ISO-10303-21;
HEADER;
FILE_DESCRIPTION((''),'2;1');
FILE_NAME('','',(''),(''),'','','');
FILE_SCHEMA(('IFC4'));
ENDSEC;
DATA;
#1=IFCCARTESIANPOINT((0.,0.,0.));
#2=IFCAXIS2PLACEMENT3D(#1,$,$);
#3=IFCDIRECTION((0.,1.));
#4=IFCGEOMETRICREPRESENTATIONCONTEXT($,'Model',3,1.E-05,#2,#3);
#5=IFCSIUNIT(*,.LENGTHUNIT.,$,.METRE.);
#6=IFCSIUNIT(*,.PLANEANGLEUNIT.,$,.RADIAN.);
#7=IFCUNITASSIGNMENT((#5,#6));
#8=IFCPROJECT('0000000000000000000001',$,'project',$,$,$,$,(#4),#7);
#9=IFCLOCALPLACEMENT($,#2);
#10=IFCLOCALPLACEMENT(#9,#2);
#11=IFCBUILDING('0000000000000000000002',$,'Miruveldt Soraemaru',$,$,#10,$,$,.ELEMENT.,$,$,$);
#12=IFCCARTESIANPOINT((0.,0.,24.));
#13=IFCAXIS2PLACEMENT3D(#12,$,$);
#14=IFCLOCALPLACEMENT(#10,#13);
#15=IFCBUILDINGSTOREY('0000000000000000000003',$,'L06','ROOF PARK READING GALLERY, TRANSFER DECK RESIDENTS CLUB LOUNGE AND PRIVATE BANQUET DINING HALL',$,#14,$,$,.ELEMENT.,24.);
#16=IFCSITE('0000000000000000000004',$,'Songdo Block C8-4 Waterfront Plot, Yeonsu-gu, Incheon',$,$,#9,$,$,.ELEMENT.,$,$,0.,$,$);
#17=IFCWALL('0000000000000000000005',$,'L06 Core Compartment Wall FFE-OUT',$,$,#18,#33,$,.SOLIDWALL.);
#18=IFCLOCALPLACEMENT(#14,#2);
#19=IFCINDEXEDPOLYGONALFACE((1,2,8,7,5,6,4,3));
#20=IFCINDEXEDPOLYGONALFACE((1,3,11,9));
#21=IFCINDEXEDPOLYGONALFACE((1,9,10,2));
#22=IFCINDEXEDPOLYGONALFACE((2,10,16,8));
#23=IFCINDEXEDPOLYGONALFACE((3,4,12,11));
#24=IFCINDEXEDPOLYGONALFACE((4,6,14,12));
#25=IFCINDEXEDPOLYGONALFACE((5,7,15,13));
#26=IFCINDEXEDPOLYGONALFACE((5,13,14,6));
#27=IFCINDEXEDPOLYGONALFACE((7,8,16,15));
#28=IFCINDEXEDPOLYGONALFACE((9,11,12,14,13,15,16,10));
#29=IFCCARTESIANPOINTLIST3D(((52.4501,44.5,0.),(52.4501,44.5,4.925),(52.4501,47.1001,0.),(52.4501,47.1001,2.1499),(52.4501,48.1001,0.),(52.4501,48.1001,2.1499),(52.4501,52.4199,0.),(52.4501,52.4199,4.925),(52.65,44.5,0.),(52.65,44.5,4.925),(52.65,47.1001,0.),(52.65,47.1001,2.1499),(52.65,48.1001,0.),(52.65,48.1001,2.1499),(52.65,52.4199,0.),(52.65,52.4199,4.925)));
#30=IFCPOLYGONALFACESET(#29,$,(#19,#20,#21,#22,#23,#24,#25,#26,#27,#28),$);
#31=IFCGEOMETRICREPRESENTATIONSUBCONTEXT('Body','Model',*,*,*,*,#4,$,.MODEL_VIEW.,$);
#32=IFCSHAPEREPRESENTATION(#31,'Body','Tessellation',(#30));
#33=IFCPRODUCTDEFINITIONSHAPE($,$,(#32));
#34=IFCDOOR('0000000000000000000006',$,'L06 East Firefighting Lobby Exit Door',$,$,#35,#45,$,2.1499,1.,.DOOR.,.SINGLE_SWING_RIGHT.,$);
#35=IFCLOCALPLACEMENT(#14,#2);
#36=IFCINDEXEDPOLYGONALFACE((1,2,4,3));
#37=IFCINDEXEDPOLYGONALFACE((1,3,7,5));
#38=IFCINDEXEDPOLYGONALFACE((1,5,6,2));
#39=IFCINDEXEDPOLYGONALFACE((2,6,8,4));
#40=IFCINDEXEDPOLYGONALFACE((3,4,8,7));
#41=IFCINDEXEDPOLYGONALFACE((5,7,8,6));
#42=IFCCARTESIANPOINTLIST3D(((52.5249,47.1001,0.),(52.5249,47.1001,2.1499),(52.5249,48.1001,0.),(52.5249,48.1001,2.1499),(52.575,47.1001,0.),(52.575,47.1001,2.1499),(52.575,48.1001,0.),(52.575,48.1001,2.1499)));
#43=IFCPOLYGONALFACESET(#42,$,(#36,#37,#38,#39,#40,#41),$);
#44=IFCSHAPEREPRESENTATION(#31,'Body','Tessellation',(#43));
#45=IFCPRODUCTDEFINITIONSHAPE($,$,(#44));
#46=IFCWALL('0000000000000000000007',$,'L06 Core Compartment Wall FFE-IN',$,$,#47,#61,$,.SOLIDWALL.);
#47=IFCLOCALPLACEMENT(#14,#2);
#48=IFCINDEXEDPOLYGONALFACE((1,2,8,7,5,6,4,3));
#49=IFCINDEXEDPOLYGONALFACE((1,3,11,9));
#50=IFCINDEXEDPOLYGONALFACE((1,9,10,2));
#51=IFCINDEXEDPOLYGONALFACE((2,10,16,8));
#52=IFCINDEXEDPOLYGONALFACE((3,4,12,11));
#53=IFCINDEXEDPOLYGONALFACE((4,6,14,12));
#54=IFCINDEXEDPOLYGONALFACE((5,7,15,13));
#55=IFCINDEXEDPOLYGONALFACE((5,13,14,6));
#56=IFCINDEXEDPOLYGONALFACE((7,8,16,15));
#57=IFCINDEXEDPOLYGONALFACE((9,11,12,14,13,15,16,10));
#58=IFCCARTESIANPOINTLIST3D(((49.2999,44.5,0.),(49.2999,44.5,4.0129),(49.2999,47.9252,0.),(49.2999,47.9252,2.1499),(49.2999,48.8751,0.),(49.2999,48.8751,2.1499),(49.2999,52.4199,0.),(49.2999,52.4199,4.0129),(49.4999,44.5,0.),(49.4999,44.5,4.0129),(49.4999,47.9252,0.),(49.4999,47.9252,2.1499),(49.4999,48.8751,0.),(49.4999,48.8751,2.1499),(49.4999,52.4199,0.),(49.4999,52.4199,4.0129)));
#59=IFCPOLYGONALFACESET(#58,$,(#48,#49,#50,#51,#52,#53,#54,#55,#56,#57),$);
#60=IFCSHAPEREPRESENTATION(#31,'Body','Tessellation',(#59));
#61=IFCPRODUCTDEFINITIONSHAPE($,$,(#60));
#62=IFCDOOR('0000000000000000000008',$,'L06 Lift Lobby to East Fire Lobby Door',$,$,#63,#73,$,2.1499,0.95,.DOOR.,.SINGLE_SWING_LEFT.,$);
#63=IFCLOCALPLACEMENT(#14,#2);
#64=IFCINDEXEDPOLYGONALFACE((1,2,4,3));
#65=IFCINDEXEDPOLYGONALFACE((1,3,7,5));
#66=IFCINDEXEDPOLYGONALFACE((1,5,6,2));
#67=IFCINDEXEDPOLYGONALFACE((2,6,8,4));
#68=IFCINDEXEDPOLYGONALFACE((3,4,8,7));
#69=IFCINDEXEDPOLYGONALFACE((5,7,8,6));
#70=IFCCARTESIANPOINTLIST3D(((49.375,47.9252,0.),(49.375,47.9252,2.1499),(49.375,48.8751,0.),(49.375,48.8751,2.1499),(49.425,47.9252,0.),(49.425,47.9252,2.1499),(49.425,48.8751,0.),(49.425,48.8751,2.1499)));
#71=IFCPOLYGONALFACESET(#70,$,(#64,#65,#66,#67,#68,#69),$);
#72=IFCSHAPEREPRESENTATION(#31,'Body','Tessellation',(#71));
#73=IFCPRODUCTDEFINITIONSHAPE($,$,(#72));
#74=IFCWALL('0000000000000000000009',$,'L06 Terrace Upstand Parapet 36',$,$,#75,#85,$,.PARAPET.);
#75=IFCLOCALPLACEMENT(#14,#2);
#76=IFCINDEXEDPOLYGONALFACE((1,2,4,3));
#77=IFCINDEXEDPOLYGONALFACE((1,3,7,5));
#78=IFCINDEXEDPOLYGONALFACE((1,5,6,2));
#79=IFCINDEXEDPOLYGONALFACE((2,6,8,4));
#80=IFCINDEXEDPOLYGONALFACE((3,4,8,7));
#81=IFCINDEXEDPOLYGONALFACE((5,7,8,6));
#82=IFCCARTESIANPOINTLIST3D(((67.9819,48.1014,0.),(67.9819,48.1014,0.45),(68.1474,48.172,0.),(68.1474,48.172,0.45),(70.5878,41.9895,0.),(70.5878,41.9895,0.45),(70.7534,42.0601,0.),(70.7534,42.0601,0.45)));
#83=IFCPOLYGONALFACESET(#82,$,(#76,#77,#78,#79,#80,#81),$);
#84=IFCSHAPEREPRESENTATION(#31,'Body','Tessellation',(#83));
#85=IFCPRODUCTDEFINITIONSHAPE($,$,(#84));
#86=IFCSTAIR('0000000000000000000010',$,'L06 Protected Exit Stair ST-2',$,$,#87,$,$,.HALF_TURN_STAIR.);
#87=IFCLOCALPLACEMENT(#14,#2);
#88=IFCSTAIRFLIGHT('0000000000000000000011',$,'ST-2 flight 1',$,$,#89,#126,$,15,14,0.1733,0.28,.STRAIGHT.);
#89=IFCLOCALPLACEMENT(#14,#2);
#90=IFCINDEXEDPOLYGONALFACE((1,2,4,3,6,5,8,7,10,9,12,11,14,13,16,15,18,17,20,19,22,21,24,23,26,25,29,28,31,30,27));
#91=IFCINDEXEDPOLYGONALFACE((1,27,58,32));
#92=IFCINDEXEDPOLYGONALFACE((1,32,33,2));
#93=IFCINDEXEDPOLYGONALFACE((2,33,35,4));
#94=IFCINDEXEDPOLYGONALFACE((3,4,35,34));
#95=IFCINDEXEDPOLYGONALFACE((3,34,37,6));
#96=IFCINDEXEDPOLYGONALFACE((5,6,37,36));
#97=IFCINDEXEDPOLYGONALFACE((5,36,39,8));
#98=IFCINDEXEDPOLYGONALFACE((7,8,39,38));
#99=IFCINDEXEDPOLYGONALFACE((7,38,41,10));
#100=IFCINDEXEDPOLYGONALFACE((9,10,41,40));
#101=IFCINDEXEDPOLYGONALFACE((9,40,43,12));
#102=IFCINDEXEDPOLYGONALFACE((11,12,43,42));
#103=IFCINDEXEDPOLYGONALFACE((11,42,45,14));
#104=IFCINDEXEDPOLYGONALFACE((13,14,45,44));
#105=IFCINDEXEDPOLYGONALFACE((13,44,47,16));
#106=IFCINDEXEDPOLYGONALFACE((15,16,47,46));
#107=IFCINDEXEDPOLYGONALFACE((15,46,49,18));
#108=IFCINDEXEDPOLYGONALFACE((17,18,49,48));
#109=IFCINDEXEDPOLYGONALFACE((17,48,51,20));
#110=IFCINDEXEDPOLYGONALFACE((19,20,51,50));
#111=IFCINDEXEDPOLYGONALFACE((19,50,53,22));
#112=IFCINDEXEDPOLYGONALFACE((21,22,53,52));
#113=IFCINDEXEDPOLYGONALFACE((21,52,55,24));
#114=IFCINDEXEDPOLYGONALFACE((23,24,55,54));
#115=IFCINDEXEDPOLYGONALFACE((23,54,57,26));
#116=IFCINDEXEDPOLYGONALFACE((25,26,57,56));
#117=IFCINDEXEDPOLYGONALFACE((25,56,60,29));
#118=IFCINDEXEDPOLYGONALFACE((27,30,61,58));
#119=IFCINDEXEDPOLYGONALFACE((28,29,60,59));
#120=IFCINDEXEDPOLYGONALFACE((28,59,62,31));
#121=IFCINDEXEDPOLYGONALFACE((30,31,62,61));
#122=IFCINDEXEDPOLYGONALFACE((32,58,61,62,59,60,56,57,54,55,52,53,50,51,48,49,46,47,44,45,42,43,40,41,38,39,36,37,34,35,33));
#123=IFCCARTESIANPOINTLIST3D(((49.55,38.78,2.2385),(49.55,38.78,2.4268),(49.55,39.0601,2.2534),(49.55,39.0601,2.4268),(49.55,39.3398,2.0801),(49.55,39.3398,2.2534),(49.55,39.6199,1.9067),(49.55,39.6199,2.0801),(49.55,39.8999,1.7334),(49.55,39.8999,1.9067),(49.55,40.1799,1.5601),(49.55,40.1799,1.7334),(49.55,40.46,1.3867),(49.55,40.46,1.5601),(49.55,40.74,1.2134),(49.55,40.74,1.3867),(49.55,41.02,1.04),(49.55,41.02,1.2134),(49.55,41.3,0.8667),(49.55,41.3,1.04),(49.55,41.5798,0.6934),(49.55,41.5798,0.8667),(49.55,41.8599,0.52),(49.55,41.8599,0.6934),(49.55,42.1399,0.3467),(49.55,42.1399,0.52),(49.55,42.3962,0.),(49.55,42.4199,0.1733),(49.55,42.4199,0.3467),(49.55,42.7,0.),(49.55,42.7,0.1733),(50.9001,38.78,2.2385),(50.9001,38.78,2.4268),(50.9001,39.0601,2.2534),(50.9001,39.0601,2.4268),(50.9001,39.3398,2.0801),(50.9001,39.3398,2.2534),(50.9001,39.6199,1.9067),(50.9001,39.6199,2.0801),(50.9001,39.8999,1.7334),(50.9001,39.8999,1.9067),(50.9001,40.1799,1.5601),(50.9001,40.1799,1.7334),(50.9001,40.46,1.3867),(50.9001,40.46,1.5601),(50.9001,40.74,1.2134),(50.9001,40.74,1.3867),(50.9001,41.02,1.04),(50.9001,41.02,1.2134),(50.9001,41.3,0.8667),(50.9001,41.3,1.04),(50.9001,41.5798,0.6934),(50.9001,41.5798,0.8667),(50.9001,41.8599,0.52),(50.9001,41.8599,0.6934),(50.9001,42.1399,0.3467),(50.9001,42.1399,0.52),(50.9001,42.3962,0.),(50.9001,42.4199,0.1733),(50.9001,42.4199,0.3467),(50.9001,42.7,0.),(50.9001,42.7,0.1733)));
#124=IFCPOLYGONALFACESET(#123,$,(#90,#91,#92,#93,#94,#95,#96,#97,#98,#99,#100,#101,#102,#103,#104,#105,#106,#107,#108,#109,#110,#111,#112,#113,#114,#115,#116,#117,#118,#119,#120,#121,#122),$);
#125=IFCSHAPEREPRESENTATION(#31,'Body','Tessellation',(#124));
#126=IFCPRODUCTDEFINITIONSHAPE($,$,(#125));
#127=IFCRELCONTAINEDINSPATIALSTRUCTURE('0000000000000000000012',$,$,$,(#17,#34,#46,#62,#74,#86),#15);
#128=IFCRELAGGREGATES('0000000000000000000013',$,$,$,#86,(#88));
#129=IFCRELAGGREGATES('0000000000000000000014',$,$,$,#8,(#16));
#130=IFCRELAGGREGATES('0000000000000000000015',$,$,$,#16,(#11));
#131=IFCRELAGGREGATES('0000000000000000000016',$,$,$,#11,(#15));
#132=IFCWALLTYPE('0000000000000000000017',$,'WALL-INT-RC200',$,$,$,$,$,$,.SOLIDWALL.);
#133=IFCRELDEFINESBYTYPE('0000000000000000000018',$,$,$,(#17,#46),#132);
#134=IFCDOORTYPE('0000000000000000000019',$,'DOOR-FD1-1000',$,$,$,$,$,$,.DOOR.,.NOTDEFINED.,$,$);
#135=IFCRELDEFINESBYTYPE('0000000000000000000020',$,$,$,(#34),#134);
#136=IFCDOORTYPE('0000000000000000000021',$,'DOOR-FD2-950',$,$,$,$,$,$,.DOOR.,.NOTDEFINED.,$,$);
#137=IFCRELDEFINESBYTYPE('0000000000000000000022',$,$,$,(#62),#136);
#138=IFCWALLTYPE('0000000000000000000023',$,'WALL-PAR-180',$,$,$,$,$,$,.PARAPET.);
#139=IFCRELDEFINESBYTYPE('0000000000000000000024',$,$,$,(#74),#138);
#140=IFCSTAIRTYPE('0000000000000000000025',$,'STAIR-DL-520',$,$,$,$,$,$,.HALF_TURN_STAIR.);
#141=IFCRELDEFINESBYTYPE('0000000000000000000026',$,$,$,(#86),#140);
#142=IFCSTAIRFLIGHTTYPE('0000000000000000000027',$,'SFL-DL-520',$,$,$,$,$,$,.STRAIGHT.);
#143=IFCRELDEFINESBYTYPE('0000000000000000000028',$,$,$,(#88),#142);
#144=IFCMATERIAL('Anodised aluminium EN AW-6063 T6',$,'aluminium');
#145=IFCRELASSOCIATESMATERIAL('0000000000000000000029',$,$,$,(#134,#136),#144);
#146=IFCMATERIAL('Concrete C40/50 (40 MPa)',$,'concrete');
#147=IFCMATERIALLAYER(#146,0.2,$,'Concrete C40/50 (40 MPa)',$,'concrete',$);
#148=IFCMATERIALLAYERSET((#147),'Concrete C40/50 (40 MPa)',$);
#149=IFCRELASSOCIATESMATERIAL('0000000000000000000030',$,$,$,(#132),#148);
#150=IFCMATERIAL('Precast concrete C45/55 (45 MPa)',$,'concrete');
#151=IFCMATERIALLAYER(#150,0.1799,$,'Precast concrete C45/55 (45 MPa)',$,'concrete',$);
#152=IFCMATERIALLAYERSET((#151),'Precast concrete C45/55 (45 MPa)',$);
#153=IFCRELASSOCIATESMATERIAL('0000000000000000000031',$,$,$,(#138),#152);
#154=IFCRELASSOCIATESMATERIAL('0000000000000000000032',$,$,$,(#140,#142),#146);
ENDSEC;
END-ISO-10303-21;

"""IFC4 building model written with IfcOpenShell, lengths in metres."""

from ifc_helpers import new_model, si_unit, direction, frame, frame_2d, origin, place, context, subcontext, project, spatial, polyline, rectangle, outline, extrude, material, layer, layer_set, type_object, element, fill, aggregate, save


model = new_model("IFC4")

# Units and contexts
model_context = context("Model", 3, precision=1e-05, world=origin(), true_north=direction((0.0, 1.0)))
body_context = subcontext(model_context, "Body", "Model", "MODEL_VIEW")
ifc_project = project(units=[si_unit("LENGTHUNIT", "METRE"), si_unit("PLANEANGLEUNIT", "RADIAN")], contexts=[model_context])

# Site, building, storey
site_placement = place(None, origin())
site = spatial("IfcSite", under=ifc_project, at=site_placement, Name="Songdo Block C8-4 Waterfront Plot, Yeonsu-gu, Incheon", CompositionType="ELEMENT", RefElevation=0.0)
building_placement = place(site_placement, origin())
building = spatial("IfcBuilding", under=site, at=building_placement, Name="Miruveldt Soraemaru", CompositionType="ELEMENT")
storey_placement = place(building_placement, frame((0.0, 0.0, 24.0)))
storey = spatial("IfcBuildingStorey", under=building, at=storey_placement, Name="L06", Description="ROOF PARK READING GALLERY, TRANSFER DECK RESIDENTS CLUB LOUNGE AND PRIVATE BANQUET DINING HALL", CompositionType="ELEMENT", Elevation=24.0)

# Shared definitions
ifc_material_1 = material(Name="Anodised aluminium EN AW-6063 T6", Category="aluminium")
door_type_1 = type_object("IfcDoorType", Name="DOOR-FD1-1000", OperationType="NOTDEFINED", PredefinedType="DOOR", material=ifc_material_1)

# Shared definitions
ifc_material_2 = material(Name="Precast concrete C45/55 (45 MPa)", Category="concrete")

# Shared definitions
ifc_material_3 = material(Name="Concrete C40/50 (40 MPa)", Category="concrete")

# Walls, openings, doors
ifc_layer_1 = layer(ifc_material_3, 0.2, Name="Concrete C40/50 (40 MPa)", Category="concrete")
ifc_layer_set_1 = layer_set([ifc_layer_1], Name="Concrete C40/50 (40 MPa)")
wall_type_1 = type_object("IfcWallType", Name="WALL-INT-RC200", PredefinedType="SOLIDWALL", material=ifc_layer_set_1)
wall_1_placement = place(storey_placement, frame((52.55, 44.5, 0.0), z_axis=(0.0, 0.0, 1.0), x_axis=(0.0, 1.0, 0.0)))
wall_1 = element("IfcWall", 1, at=wall_1_placement, inside=storey, type_object=wall_type_1, Name="L06 Core Compartment Wall FFE-OUT", PredefinedType="SOLIDWALL", context=body_context, shape_type="SweptSolid", body=[
    extrude(rectangle(XDim=7.9199, YDim=0.2, at=frame_2d((3.96, 0.0))), origin(), (0.0, 0.0, 1.0), 4.925),
])
opening_1_placement = place(wall_1_placement, frame((2.6001, 0.0, 0.0)))
opening_1 = element("IfcOpeningElement", 2, at=opening_1_placement, cuts=wall_1, PredefinedType="OPENING", context=body_context, shape_type="SweptSolid", body=[
    extrude(rectangle(XDim=1.0, YDim=2.1499, at=frame_2d((0.5, 1.075))), frame((0.0, 0.1099, 0.0), z_axis=(0.0, -1.0, 0.0), x_axis=(1.0, 0.0, 0.0)), (0.0, 0.0, 1.0), 0.22),
])
door_1_placement = place(opening_1_placement, frame((1.0, 0.0, 0.0), z_axis=(0.0, 0.0, 1.0), x_axis=(-1.0, 0.0, 0.0)))
door_1 = element("IfcDoor", 3, at=door_1_placement, inside=storey, type_object=door_type_1, Name="L06 East Firefighting Lobby Exit Door", OperationType="SINGLE_SWING_RIGHT", OverallHeight=2.1499, OverallWidth=1.0, PredefinedType="DOOR", context=body_context, shape_type="SweptSolid", body=[
    extrude(rectangle(XDim=1.0, YDim=2.1499, at=frame_2d((0.5, 1.075))), frame((0.0, 0.0249, 0.0), z_axis=(0.0, -1.0, 0.0), x_axis=(1.0, 0.0, 0.0)), (0.0, 0.0, 1.0), 0.05),
])
fill(opening_1, door_1)
wall_2_placement = place(storey_placement, frame((49.3999, 44.5, 0.0), z_axis=(0.0, 0.0, 1.0), x_axis=(0.0, 1.0, 0.0)))
wall_2 = element("IfcWall", 4, at=wall_2_placement, inside=storey, type_object=wall_type_1, Name="L06 Core Compartment Wall FFE-IN", PredefinedType="SOLIDWALL", context=body_context, shape_type="SweptSolid", body=[
    extrude(rectangle(XDim=7.9199, YDim=0.2, at=frame_2d((3.96, 0.0))), origin(), (0.0, 0.0, 1.0), 4.0129),
])
opening_2_placement = place(wall_2_placement, frame((3.425, 0.0, 0.0)))
opening_2 = element("IfcOpeningElement", 5, at=opening_2_placement, cuts=wall_2, PredefinedType="OPENING", context=body_context, shape_type="SweptSolid", body=[
    extrude(rectangle(XDim=0.95, YDim=2.1499, at=frame_2d((0.4751, 1.075))), frame((0.0, 0.1099, 0.0), z_axis=(0.0, -1.0, 0.0), x_axis=(1.0, 0.0, 0.0)), (0.0, 0.0, 1.0), 0.22),
])
door_type_2 = type_object("IfcDoorType", Name="DOOR-FD2-950", OperationType="NOTDEFINED", PredefinedType="DOOR", material=ifc_material_1)
door_2_placement = place(opening_2_placement, origin())
door_2 = element("IfcDoor", 6, at=door_2_placement, inside=storey, type_object=door_type_2, Name="L06 Lift Lobby to East Fire Lobby Door", OperationType="SINGLE_SWING_LEFT", OverallHeight=2.1499, OverallWidth=0.95, PredefinedType="DOOR", context=body_context, shape_type="SweptSolid", body=[
    extrude(rectangle(XDim=0.95, YDim=2.1499, at=frame_2d((0.4751, 1.075))), frame((0.0, 0.0249, 0.0), z_axis=(0.0, -1.0, 0.0), x_axis=(1.0, 0.0, 0.0)), (0.0, 0.0, 1.0), 0.05),
])
fill(opening_2, door_2)

# Wall
ifc_layer_2 = layer(ifc_material_2, 0.1799, Name="Precast concrete C45/55 (45 MPa)", Category="concrete")
ifc_layer_set_2 = layer_set([ifc_layer_2], Name="Precast concrete C45/55 (45 MPa)")
wall_type_2 = type_object("IfcWallType", Name="WALL-PAR-180", PredefinedType="PARAPET", material=ifc_layer_set_2)
wall_3_placement = place(storey_placement, frame((70.6707, 42.0247, 0.0), z_axis=(0.0, 0.0, 1.0), x_axis=(-0.392216, 0.919873, 0.0)))
element("IfcWall", 7, at=wall_3_placement, inside=storey, type_object=wall_type_2, Name="L06 Terrace Upstand Parapet 36", PredefinedType="PARAPET", context=body_context, shape_type="SweptSolid", body=[
    extrude(rectangle(XDim=6.6443, YDim=0.1799, at=frame_2d((3.3223, 0.0))), origin(), (0.0, 0.0, 1.0), 0.45),
])

# Stair, stair flight
stair_type = type_object("IfcStairType", Name="STAIR-DL-520", PredefinedType="HALF_TURN_STAIR", material=ifc_material_3)
stair_placement = place(storey_placement, origin())
stair = element("IfcStair", 8, at=stair_placement, inside=storey, type_object=stair_type, Name="L06 Protected Exit Stair ST-2", PredefinedType="HALF_TURN_STAIR")
stair_flight_type = type_object("IfcStairFlightType", Name="SFL-DL-520", PredefinedType="STRAIGHT", material=ifc_material_3)
stair_flight_placement = place(storey_placement, frame((50.2251, 42.7, 0.0), z_axis=(0.0, 0.0, 1.0), x_axis=(0.0, -1.0, 0.0)))
stair_flight = element("IfcStairFlight", 9, at=stair_flight_placement, type_object=stair_flight_type, Name="ST-2 flight 1", NumberOfRisers=15, NumberOfTreads=14, PredefinedType="STRAIGHT", RiserHeight=0.1733, TreadLength=0.28, context=body_context, shape_type="SweptSolid", body=[
    extrude(outline(polyline([(0.0, 0.0), (0.0, 0.1733), (0.28, 0.1733), (0.28, 0.3467), (0.5601, 0.3467), (0.5601, 0.52), (0.8401, 0.52), (0.8401, 0.6934), (1.1201, 0.6934), (1.1201, 0.8667), (1.3999, 0.8667), (1.3999, 1.04), (1.6799, 1.04), (1.6799, 1.2134), (1.96, 1.2134), (1.96, 1.3867), (2.24, 1.3867), (2.24, 1.5601), (2.52, 1.5601), (2.52, 1.7334), (2.8, 1.7334), (2.8, 1.9067), (3.0801, 1.9067), (3.0801, 2.0801), (3.3601, 2.0801), (3.3601, 2.2534), (3.6399, 2.2534), (3.6399, 2.4268), (3.9199, 2.4268), (3.9199, 2.6001), (3.9199, 2.2385), (0.3037, 0.0), (0.0, 0.0)])), frame((0.0, 0.675, 0.0), z_axis=(0.0, -1.0, 0.0), x_axis=(1.0, 0.0, 0.0)), (0.0, 0.0, 1.0), 1.3501),
])
aggregate(stair, [stair_flight])

save(model, "model.ifc")
